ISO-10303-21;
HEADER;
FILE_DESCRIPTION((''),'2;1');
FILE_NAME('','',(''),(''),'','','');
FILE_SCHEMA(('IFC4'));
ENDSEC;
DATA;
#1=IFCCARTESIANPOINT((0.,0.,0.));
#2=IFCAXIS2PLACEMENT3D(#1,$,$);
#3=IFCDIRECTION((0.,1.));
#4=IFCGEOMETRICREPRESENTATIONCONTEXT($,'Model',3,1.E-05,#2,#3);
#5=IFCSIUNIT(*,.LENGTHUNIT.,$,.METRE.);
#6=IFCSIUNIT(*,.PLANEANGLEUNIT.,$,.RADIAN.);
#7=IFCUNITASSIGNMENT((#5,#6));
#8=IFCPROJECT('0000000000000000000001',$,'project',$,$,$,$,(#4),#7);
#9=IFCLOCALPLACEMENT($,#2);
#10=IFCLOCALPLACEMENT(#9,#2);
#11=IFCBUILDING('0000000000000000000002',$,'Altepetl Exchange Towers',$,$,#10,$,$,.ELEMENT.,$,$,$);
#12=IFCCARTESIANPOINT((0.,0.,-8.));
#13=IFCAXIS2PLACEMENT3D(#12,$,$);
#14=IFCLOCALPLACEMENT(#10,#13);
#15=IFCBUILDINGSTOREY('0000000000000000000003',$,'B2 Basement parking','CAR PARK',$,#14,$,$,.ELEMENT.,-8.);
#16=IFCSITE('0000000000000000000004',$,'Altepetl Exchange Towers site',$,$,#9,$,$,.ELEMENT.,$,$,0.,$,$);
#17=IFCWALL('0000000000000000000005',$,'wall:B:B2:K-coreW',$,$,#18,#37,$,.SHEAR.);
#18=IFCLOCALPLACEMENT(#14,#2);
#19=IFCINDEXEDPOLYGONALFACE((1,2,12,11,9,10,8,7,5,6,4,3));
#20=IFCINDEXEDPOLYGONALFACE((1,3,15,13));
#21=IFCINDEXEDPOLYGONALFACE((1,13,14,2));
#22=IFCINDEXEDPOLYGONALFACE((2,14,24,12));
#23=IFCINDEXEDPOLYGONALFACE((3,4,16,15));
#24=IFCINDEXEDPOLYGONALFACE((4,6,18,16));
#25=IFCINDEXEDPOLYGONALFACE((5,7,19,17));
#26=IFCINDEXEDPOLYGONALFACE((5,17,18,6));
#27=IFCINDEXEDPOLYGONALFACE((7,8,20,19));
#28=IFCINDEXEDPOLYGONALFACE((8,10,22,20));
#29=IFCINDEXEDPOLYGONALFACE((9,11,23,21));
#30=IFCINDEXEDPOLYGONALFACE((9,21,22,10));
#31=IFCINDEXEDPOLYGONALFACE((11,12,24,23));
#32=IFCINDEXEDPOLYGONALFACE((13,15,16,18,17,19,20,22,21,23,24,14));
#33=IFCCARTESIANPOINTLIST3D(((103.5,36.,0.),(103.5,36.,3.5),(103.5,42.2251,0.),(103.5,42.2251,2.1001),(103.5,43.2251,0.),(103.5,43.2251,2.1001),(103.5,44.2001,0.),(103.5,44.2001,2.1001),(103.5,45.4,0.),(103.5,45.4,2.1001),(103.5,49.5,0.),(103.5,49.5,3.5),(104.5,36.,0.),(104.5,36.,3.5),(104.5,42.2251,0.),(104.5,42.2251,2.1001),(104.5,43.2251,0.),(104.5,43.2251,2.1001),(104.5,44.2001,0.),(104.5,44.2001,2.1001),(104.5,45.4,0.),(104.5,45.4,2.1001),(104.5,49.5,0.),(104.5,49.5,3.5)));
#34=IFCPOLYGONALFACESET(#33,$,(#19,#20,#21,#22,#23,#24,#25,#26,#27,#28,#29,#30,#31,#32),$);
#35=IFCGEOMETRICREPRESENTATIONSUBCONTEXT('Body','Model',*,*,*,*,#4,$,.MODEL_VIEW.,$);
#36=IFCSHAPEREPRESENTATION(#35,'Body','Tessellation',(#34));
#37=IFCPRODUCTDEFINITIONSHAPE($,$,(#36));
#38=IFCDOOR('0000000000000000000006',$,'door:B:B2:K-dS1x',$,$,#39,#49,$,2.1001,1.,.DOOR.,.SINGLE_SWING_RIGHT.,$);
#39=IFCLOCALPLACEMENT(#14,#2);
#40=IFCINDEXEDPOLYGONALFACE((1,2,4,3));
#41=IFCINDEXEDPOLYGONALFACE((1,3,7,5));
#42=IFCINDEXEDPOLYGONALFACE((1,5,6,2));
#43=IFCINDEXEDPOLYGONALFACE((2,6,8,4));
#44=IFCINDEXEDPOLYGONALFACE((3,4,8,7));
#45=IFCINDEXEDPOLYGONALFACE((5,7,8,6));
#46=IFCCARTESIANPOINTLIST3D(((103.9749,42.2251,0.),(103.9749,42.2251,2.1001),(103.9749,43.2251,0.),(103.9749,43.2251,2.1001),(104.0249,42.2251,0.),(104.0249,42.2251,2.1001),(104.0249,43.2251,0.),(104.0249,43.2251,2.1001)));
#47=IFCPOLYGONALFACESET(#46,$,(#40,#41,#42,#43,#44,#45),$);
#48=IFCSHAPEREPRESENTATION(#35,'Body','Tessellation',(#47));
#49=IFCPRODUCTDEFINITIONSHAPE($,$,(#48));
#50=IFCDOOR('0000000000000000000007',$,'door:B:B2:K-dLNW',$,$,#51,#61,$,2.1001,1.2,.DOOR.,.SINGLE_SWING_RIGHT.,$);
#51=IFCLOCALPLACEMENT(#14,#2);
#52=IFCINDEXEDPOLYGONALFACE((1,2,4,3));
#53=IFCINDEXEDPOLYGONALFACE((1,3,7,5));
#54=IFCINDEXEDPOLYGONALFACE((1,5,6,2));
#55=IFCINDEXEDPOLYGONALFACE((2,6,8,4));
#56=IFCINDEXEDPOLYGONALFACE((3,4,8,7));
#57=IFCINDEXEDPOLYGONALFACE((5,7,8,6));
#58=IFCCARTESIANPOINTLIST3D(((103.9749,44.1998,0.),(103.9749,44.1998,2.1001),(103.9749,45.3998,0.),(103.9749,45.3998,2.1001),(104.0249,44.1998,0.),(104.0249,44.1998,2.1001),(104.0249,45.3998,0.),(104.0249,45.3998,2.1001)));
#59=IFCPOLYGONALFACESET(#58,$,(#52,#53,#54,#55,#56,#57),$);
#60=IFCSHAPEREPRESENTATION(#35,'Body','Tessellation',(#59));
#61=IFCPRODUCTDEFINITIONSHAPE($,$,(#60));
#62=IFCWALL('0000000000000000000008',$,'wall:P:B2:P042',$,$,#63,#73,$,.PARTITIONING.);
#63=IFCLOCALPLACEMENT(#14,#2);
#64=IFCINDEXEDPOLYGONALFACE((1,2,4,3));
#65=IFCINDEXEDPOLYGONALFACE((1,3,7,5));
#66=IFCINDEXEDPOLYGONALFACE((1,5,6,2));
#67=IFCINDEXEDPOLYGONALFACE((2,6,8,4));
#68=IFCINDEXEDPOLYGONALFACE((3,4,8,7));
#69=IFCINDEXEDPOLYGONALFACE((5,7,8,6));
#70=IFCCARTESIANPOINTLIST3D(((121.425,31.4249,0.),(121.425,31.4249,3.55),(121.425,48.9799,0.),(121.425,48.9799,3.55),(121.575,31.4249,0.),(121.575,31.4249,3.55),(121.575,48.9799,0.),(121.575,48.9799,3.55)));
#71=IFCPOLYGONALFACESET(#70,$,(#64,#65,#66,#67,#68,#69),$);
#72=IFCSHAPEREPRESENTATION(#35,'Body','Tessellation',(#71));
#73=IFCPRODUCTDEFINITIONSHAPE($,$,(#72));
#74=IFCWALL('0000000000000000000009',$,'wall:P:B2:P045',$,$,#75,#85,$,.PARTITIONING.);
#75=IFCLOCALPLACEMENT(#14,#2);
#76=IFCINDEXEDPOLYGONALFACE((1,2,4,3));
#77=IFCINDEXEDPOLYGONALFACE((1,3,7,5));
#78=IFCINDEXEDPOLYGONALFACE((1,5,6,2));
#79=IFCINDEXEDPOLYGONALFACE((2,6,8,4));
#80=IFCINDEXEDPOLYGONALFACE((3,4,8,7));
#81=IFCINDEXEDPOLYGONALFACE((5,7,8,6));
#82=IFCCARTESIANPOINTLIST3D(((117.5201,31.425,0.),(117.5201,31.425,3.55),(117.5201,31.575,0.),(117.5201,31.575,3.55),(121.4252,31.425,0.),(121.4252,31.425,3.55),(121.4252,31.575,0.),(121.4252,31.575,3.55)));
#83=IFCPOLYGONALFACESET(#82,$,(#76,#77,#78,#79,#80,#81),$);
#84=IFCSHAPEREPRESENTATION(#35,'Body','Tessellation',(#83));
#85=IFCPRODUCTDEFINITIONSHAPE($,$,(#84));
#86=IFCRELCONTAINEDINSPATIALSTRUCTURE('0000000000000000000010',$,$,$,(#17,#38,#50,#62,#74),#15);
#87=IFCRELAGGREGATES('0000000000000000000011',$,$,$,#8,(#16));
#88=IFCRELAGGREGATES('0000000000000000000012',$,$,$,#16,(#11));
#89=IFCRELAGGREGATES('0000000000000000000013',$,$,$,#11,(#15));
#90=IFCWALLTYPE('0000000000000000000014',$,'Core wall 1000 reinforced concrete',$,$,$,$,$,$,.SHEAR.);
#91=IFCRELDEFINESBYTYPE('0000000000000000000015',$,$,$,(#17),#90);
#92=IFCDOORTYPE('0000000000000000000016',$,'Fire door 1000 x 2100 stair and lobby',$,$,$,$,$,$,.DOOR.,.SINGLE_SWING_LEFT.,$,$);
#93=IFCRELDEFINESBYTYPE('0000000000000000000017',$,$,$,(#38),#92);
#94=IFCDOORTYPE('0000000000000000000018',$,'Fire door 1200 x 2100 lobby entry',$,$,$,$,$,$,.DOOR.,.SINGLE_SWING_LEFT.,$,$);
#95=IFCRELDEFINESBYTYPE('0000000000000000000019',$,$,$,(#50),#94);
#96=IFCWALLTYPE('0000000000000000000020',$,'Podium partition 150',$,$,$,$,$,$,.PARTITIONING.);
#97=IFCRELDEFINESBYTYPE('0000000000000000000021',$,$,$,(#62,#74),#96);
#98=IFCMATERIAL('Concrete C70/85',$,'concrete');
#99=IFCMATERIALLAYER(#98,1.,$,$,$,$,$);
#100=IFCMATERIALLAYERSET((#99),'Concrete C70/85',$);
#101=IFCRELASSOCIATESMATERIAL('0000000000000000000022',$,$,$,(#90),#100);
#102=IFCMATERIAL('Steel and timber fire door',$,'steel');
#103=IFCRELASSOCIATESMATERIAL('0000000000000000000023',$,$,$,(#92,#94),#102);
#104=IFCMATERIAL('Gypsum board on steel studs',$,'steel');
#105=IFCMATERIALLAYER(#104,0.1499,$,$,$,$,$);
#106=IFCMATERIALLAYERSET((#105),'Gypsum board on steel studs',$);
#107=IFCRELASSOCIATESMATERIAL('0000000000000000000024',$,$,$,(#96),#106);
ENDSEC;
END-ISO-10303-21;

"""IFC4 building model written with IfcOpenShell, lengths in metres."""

from ifc_helpers import new_model, si_unit, direction, frame, frame_2d, origin, place, context, subcontext, project, spatial, rectangle, extrude, material, layer, layer_set, type_object, element, fill, save


model = new_model("IFC4")

# Units and contexts
model_context = context("Model", 3, precision=1e-05, world=origin(), true_north=direction((0.0, 1.0)))
body_context = subcontext(model_context, "Body", "Model", "MODEL_VIEW")
ifc_project = project(units=[si_unit("LENGTHUNIT", "METRE"), si_unit("PLANEANGLEUNIT", "RADIAN")], contexts=[model_context])

# Site, building, storey
site_placement = place(None, origin())
site = spatial("IfcSite", under=ifc_project, at=site_placement, Name="Altepetl Exchange Towers site", CompositionType="ELEMENT", RefElevation=0.0)
building_placement = place(site_placement, origin())
building = spatial("IfcBuilding", under=site, at=building_placement, Name="Altepetl Exchange Towers", CompositionType="ELEMENT")
storey_placement = place(building_placement, frame((0.0, 0.0, -8.0)))
storey = spatial("IfcBuildingStorey", under=building, at=storey_placement, Name="B2 Basement parking", Description="CAR PARK", CompositionType="ELEMENT", Elevation=-8.0)

# Shared definitions
ifc_material_1 = material(Name="Concrete C70/85", Category="concrete")

# Wall, openings, doors
ifc_layer_1 = layer(ifc_material_1, 1.0)
ifc_layer_set_1 = layer_set([ifc_layer_1], Name="Concrete C70/85")
wall_type_1 = type_object("IfcWallType", Name="Core wall 1000 reinforced concrete", PredefinedType="SHEAR", material=ifc_layer_set_1)
wall_1_placement = place(storey_placement, frame((104.0, 36.0, 0.0), z_axis=(0.0, 0.0, 1.0), x_axis=(0.0, 1.0, 0.0)))
wall_1 = element("IfcWall", 1, at=wall_1_placement, inside=storey, type_object=wall_type_1, Name="wall:B:B2:K-coreW", PredefinedType="SHEAR", context=body_context, shape_type="SweptSolid", body=[
    extrude(rectangle(XDim=13.5, YDim=1.0, at=frame_2d((6.75, 0.0))), origin(), (0.0, 0.0, 1.0), 3.5),
])
opening_1_placement = place(wall_1_placement, frame((8.2, 0.0, 0.0)))
opening_1 = element("IfcOpeningElement", 2, at=opening_1_placement, cuts=wall_1, PredefinedType="OPENING", context=body_context, shape_type="SweptSolid", body=[
    extrude(rectangle(XDim=1.2, YDim=2.1001, at=frame_2d((0.6001, 1.05))), frame((0.0, 0.51, 0.0), z_axis=(0.0, -1.0, 0.0), x_axis=(1.0, 0.0, 0.0)), (0.0, 0.0, 1.0), 1.02),
])
opening_2_placement = place(wall_1_placement, frame((6.2251, 0.0, 0.0)))
opening_2 = element("IfcOpeningElement", 3, at=opening_2_placement, cuts=wall_1, PredefinedType="OPENING", context=body_context, shape_type="SweptSolid", body=[
    extrude(rectangle(XDim=1.0, YDim=2.1001, at=frame_2d((0.5, 1.05))), frame((0.0, 0.51, 0.0), z_axis=(0.0, -1.0, 0.0), x_axis=(1.0, 0.0, 0.0)), (0.0, 0.0, 1.0), 1.02),
])
ifc_material_2 = material(Name="Steel and timber fire door", Category="steel")
door_type_1 = type_object("IfcDoorType", Name="Fire door 1000 x 2100 stair and lobby", OperationType="SINGLE_SWING_LEFT", PredefinedType="DOOR", material=ifc_material_2)
door_1_placement = place(opening_2_placement, frame((1.0, 0.0, 0.0), x_axis=(-1.0, 0.0, 0.0)))
door_1 = element("IfcDoor", 4, at=door_1_placement, inside=storey, type_object=door_type_1, Name="door:B:B2:K-dS1x", OperationType="SINGLE_SWING_RIGHT", OverallHeight=2.1001, OverallWidth=1.0, PredefinedType="DOOR", context=body_context, shape_type="SweptSolid", body=[
    extrude(rectangle(XDim=1.0, YDim=2.1001, at=frame_2d((0.5, 1.05))), frame((0.0, 0.0249, 0.0), z_axis=(0.0, -1.0, 0.0), x_axis=(1.0, 0.0, 0.0)), (0.0, 0.0, 1.0), 0.05),
])
fill(opening_2, door_1)
door_type_2 = type_object("IfcDoorType", Name="Fire door 1200 x 2100 lobby entry", OperationType="SINGLE_SWING_LEFT", PredefinedType="DOOR", material=ifc_material_2)
door_2_placement = place(opening_1_placement, frame((1.2, 0.0, 0.0), x_axis=(-1.0, 0.0, 0.0)))
door_2 = element("IfcDoor", 5, at=door_2_placement, inside=storey, type_object=door_type_2, Name="door:B:B2:K-dLNW", OperationType="SINGLE_SWING_RIGHT", OverallHeight=2.1001, OverallWidth=1.2, PredefinedType="DOOR", context=body_context, shape_type="SweptSolid", body=[
    extrude(rectangle(XDim=1.2, YDim=2.1001, at=frame_2d((0.6001, 1.05))), frame((0.0, 0.0249, 0.0), z_axis=(0.0, -1.0, 0.0), x_axis=(1.0, 0.0, 0.0)), (0.0, 0.0, 1.0), 0.05),
])
fill(opening_1, door_2)

# Walls
ifc_material_3 = material(Name="Gypsum board on steel studs", Category="steel")
ifc_layer_2 = layer(ifc_material_3, 0.1499)
ifc_layer_set_2 = layer_set([ifc_layer_2], Name="Gypsum board on steel studs")
wall_type_2 = type_object("IfcWallType", Name="Podium partition 150", PredefinedType="PARTITIONING", material=ifc_layer_set_2)
wall_2_placement = place(storey_placement, frame((121.5, 31.425, 0.0), z_axis=(0.0, 0.0, 1.0), x_axis=(0.0, 1.0, 0.0)))
element("IfcWall", 6, at=wall_2_placement, inside=storey, type_object=wall_type_2, Name="wall:P:B2:P042", PredefinedType="PARTITIONING", context=body_context, shape_type="SweptSolid", body=[
    extrude(rectangle(XDim=17.5549, YDim=0.1499, at=frame_2d((8.7773, 0.0))), origin(), (0.0, 0.0, 1.0), 3.55),
])
wall_3_placement = place(storey_placement, frame((117.52, 31.5, 0.0)))
element("IfcWall", 7, at=wall_3_placement, inside=storey, type_object=wall_type_2, Name="wall:P:B2:P045", PredefinedType="PARTITIONING", context=body_context, shape_type="SweptSolid", body=[
    extrude(rectangle(XDim=3.905, YDim=0.1499, at=frame_2d((1.9526, 0.0))), origin(), (0.0, 0.0, 1.0), 3.55),
])

save(model, "model.ifc")
